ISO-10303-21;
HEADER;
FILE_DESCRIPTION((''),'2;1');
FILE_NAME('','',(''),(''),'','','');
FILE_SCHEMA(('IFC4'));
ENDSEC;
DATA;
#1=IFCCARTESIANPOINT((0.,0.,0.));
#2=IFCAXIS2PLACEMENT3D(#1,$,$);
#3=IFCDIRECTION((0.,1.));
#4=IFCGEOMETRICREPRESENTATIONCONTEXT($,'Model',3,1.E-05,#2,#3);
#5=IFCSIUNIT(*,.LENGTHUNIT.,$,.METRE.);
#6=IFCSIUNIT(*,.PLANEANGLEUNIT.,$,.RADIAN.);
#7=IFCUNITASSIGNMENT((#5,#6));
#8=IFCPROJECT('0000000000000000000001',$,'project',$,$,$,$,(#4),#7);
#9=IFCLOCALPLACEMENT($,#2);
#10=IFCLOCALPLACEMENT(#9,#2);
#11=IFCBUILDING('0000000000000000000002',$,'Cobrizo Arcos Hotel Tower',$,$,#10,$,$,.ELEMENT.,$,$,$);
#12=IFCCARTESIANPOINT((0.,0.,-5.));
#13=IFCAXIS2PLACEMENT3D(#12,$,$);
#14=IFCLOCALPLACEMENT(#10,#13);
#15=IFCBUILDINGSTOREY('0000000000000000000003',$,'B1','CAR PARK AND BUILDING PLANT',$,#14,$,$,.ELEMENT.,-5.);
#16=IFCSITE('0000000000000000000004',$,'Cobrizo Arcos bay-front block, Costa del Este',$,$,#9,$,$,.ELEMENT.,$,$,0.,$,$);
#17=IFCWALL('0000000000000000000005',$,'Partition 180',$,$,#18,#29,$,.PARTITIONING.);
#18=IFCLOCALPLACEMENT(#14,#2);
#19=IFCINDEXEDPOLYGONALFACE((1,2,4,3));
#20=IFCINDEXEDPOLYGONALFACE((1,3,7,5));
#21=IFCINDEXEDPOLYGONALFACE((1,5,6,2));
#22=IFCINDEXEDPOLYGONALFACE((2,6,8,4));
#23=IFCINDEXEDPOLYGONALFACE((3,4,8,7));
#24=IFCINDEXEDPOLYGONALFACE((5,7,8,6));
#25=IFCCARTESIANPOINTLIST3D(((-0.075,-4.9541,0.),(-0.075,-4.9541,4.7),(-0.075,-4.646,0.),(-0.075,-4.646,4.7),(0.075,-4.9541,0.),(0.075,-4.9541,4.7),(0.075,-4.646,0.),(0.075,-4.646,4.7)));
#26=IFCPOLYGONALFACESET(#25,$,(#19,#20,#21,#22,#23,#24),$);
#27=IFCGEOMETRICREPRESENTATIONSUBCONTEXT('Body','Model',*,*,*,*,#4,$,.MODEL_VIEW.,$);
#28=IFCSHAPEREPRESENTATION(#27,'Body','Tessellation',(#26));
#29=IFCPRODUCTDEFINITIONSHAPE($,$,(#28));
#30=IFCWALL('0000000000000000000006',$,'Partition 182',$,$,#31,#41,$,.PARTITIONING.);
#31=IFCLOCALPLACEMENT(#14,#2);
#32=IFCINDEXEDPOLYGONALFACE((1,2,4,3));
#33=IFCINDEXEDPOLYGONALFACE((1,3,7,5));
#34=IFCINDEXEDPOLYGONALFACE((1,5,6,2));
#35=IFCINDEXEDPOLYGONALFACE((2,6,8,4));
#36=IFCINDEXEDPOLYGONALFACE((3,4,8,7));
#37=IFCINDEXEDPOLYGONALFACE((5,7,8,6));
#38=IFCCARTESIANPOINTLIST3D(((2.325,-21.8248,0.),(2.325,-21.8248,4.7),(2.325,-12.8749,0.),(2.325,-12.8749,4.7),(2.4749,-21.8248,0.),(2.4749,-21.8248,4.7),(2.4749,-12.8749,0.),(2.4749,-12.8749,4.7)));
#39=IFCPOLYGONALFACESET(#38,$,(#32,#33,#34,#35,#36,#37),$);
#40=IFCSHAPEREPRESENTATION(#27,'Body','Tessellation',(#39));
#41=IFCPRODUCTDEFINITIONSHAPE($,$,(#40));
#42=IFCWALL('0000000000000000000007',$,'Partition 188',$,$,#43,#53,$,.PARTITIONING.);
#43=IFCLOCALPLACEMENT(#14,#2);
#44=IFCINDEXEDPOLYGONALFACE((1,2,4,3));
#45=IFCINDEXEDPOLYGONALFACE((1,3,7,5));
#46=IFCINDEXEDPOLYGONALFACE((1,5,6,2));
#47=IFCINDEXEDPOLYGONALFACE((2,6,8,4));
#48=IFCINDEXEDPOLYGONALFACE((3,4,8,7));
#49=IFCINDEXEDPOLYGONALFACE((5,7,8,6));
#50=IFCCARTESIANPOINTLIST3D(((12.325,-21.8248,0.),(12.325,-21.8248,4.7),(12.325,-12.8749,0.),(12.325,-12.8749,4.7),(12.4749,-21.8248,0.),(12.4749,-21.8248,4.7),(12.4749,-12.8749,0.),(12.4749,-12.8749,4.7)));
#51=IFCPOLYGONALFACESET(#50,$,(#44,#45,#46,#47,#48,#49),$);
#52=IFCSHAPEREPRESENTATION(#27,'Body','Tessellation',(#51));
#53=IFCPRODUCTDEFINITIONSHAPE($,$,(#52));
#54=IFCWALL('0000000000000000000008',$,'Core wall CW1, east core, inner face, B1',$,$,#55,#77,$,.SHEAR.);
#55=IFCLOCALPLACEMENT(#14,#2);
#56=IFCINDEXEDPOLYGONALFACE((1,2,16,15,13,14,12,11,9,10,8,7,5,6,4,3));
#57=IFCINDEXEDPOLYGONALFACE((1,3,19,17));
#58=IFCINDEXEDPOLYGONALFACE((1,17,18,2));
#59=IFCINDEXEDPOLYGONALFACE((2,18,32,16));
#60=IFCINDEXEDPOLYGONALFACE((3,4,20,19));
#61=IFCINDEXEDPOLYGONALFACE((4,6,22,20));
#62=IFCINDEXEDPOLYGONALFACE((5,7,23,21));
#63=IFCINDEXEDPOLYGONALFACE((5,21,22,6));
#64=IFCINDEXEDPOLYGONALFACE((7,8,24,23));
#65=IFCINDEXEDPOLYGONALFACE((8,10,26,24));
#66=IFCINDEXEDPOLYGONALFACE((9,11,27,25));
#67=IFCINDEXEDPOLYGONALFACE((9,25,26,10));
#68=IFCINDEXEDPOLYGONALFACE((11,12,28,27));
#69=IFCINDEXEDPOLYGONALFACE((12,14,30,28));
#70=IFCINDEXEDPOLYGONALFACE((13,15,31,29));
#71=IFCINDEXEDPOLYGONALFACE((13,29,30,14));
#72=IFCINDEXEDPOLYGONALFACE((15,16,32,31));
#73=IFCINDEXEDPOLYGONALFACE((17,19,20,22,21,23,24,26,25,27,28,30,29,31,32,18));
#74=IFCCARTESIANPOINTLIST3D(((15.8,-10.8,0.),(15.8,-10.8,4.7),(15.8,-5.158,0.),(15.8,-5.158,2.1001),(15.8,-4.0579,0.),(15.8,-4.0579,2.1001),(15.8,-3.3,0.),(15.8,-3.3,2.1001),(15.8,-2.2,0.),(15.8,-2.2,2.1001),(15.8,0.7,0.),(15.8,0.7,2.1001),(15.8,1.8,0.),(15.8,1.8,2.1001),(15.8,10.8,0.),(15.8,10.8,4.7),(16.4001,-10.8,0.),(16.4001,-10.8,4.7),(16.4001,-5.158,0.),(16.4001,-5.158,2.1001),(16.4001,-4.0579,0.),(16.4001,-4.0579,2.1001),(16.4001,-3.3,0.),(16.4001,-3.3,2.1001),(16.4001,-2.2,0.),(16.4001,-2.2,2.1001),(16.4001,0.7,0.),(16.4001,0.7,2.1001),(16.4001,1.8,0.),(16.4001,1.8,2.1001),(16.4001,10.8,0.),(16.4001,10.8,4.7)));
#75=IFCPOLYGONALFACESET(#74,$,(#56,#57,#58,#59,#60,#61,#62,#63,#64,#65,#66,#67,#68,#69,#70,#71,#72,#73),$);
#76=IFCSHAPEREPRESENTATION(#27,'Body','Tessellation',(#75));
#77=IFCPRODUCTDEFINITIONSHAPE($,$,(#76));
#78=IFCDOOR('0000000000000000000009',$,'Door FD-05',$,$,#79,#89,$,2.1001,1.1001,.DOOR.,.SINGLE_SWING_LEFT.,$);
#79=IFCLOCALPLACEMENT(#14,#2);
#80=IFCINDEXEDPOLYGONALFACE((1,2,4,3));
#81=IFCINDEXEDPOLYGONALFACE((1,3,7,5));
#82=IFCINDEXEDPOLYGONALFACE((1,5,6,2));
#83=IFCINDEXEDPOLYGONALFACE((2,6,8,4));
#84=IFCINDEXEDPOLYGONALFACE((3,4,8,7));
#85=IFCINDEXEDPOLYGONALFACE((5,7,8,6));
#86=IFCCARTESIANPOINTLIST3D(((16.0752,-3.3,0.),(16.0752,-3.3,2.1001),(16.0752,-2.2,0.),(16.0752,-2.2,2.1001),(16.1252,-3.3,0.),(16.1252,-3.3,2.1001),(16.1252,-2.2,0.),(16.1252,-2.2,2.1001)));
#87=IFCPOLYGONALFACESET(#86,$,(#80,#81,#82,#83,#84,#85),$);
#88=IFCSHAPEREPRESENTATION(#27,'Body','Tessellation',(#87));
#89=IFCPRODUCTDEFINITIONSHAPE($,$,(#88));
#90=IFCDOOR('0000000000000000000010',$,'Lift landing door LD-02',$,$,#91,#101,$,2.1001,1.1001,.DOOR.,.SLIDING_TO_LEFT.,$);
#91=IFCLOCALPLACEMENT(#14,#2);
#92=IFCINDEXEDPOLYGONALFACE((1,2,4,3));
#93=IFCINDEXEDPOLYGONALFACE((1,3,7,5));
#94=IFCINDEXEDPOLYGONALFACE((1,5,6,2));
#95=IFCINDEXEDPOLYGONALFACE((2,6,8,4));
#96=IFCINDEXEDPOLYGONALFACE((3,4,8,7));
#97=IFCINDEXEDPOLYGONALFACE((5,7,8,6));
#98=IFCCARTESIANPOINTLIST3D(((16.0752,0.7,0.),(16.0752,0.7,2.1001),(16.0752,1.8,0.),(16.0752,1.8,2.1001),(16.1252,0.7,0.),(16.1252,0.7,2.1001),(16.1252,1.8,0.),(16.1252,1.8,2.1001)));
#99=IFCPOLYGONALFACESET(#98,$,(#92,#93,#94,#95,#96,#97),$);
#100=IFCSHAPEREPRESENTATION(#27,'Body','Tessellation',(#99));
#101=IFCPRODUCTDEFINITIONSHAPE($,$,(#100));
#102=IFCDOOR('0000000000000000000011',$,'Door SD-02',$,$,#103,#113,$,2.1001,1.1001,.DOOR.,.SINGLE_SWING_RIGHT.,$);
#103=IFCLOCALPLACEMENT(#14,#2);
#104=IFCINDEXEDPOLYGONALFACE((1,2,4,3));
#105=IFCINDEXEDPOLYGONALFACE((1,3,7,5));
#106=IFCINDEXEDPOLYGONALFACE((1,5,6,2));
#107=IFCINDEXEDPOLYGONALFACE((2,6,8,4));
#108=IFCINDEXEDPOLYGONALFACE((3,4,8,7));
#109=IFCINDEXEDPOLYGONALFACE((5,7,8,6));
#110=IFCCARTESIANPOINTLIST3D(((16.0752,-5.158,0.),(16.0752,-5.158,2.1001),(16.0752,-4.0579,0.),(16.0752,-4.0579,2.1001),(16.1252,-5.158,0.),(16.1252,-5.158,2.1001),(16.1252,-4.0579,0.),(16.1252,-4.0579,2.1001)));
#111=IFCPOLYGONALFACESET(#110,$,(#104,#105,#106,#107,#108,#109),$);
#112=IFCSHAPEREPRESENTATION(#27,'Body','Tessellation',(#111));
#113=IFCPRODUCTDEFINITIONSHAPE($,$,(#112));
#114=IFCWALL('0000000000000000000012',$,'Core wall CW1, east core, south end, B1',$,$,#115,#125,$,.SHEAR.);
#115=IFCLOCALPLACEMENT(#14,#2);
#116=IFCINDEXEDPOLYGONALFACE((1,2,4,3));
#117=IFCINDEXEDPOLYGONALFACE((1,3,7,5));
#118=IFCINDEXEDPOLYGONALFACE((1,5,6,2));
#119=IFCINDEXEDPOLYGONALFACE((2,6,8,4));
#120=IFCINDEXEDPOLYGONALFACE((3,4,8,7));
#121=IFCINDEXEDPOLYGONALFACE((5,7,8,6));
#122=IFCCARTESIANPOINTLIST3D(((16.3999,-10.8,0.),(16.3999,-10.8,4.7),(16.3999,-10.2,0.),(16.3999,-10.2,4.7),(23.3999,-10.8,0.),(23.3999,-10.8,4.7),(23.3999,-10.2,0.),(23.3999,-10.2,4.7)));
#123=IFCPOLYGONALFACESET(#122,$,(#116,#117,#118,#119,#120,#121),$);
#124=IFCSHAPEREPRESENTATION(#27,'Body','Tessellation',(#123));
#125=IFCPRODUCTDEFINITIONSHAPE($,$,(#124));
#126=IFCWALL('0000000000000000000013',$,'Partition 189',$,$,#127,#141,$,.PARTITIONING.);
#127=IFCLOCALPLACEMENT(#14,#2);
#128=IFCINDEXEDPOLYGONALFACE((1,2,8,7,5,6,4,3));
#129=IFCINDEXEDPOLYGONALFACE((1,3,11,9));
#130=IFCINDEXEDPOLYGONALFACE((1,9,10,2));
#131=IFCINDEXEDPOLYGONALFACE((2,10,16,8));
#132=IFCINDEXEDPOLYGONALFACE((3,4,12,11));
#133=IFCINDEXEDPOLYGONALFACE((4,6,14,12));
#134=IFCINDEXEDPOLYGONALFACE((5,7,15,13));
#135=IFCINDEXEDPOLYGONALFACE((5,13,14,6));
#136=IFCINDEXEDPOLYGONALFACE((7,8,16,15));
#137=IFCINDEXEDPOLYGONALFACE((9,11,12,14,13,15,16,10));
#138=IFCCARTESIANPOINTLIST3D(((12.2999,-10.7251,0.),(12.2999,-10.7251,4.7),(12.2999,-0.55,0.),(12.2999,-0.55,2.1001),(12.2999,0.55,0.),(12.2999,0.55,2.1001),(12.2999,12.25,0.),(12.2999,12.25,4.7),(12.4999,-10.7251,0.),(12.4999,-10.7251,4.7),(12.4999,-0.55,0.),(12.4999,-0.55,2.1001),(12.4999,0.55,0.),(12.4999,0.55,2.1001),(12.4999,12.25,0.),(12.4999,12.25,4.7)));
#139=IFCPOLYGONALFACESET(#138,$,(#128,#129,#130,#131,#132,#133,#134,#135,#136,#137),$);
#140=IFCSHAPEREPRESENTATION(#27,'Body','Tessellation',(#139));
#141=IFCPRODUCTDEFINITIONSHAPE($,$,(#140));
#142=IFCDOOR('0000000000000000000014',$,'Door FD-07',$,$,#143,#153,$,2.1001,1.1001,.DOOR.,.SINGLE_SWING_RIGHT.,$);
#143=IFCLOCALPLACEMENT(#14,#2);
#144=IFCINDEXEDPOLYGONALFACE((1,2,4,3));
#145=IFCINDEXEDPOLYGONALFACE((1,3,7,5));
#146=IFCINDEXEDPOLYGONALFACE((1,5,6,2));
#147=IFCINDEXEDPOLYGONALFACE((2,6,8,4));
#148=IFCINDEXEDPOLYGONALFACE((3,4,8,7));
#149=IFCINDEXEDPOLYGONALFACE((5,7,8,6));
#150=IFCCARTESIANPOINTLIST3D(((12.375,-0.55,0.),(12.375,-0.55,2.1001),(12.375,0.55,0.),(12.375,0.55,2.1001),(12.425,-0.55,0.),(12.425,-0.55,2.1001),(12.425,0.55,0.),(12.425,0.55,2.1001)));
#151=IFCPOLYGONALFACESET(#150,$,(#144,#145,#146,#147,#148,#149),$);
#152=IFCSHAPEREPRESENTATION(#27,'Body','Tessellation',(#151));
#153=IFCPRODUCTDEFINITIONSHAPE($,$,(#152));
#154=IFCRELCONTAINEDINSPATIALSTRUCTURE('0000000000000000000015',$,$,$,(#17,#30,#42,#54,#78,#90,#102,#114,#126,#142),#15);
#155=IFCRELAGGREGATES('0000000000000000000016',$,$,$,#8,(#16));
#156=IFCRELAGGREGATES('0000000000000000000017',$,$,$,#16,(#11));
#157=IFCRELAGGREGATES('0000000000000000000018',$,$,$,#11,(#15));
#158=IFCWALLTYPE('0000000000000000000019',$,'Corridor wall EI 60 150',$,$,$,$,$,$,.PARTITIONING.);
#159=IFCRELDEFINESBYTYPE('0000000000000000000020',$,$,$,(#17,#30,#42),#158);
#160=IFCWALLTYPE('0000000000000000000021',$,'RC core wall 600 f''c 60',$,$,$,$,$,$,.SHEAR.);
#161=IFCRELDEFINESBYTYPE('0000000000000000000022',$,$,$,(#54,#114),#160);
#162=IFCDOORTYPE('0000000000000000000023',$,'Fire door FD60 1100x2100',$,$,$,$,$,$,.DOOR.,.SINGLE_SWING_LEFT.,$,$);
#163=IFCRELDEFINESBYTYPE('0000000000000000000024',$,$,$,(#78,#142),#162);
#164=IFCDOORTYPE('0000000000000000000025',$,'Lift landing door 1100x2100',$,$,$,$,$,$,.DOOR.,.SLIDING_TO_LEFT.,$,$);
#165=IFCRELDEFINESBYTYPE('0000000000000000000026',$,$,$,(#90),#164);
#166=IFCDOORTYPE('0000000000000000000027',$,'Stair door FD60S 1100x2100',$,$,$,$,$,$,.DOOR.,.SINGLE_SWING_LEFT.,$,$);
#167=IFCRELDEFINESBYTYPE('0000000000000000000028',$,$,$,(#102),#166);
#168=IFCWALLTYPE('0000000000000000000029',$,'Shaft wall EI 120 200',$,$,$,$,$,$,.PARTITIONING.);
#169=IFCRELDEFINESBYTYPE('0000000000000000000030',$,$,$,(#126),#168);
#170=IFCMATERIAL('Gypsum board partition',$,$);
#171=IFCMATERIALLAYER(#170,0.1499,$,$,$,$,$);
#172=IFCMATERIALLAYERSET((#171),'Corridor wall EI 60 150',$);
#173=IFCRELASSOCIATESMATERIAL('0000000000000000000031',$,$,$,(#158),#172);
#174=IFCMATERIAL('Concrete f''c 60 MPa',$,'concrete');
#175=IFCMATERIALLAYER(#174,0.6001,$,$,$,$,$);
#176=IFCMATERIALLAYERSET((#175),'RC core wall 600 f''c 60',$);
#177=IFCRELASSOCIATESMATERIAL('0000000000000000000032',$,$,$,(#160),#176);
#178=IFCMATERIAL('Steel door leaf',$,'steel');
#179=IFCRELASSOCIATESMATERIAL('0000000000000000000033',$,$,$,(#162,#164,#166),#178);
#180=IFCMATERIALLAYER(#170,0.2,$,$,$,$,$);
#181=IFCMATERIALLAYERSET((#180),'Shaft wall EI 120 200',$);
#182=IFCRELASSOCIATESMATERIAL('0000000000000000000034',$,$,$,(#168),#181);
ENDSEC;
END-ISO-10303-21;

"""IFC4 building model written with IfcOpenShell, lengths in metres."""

from ifc_helpers import new_model, si_unit, direction, frame, frame_2d, origin, place, context, subcontext, project, spatial, rectangle, extrude, material, layer, layer_set, type_object, element, fill, save


model = new_model("IFC4")

# Units and contexts
model_context = context("Model", 3, precision=1e-05, world=origin(), true_north=direction((0.0, 1.0)))
body_context = subcontext(model_context, "Body", "Model", "MODEL_VIEW")
ifc_project = project(units=[si_unit("LENGTHUNIT", "METRE"), si_unit("PLANEANGLEUNIT", "RADIAN")], contexts=[model_context])

# Site, building, storey
site_placement = place(None, origin())
site = spatial("IfcSite", under=ifc_project, at=site_placement, Name="Cobrizo Arcos bay-front block, Costa del Este", CompositionType="ELEMENT", RefElevation=0.0)
building_placement = place(site_placement, origin())
building = spatial("IfcBuilding", under=site, at=building_placement, Name="Cobrizo Arcos Hotel Tower", CompositionType="ELEMENT")
storey_placement = place(building_placement, frame((0.0, 0.0, -5.0)))
storey = spatial("IfcBuildingStorey", under=building, at=storey_placement, Name="B1", Description="CAR PARK AND BUILDING PLANT", CompositionType="ELEMENT", Elevation=-5.0)

# Walls
ifc_material_1 = material(Name="Gypsum board partition")
ifc_layer_1 = layer(ifc_material_1, 0.1499)
ifc_layer_set_1 = layer_set([ifc_layer_1], Name="Corridor wall EI 60 150")
wall_type_1 = type_object("IfcWallType", Name="Corridor wall EI 60 150", PredefinedType="PARTITIONING", material=ifc_layer_set_1)
wall_1_placement = place(storey_placement, frame((0.0, -4.9541, 0.0), z_axis=(0.0, 0.0, 1.0), x_axis=(0.0, 1.0, 0.0)))
element("IfcWall", 1, at=wall_1_placement, inside=storey, type_object=wall_type_1, Name="Partition 180", PredefinedType="PARTITIONING", context=body_context, shape_type="SweptSolid", body=[
    extrude(rectangle(XDim=0.3081, YDim=0.1499, at=frame_2d((0.1541, 0.0))), origin(), (0.0, 0.0, 1.0), 4.7),
])
for number, where, z_axis, x_axis, name in (
    (2, (2.3999, -21.825, 0.0), (0.0, 0.0, 1.0), (0.0, 1.0, 0.0), "Partition 182"),
    (3, (12.3999, -21.825, 0.0), (0.0, 0.0, 1.0), (0.0, 1.0, 0.0), "Partition 188"),
):
    element("IfcWall", number, at=place(storey_placement, frame(where, z_axis=z_axis, x_axis=x_axis)), inside=storey, type_object=wall_type_1, Name=name, PredefinedType="PARTITIONING", context=body_context, shape_type="SweptSolid", body=[
        extrude(rectangle(XDim=8.95, YDim=0.1499, at=frame_2d((4.4751, 0.0))), origin(), (0.0, 0.0, 1.0), 4.7),
    ])

# Wall, openings, doors
ifc_material_2 = material(Name="Concrete f'c 60 MPa", Category="concrete")
ifc_layer_2 = layer(ifc_material_2, 0.6001)
ifc_layer_set_2 = layer_set([ifc_layer_2], Name="RC core wall 600 f'c 60")
wall_type_2 = type_object("IfcWallType", Name="RC core wall 600 f'c 60", PredefinedType="SHEAR", material=ifc_layer_set_2)
wall_2_placement = place(storey_placement, frame((16.1001, -10.8, 0.0), z_axis=(0.0, 0.0, 1.0), x_axis=(0.0, 1.0, 0.0)))
wall_2 = element("IfcWall", 4, at=wall_2_placement, inside=storey, type_object=wall_type_2, Name="Core wall CW1, east core, inner face, B1", PredefinedType="SHEAR", context=body_context, shape_type="SweptSolid", body=[
    extrude(rectangle(XDim=21.6001, YDim=0.6001, at=frame_2d((10.8, 0.0))), origin(), (0.0, 0.0, 1.0), 4.7),
])
opening_1_placement = place(wall_2_placement, frame((11.5, 0.0, 0.0)))
opening_1 = element("IfcOpeningElement", 5, at=opening_1_placement, cuts=wall_2, PredefinedType="OPENING", context=body_context, shape_type="SweptSolid", body=[
    extrude(rectangle(XDim=1.1001, YDim=2.1001, at=frame_2d((0.55, 1.05))), frame((0.0, 0.312, 0.0), z_axis=(0.0, -1.0, 0.0), x_axis=(1.0, 0.0, 0.0)), (0.0, 0.0, 1.0), 0.624),
])
opening_2_placement = place(wall_2_placement, frame((5.6421, 0.0, 0.0)))
opening_2 = element("IfcOpeningElement", 6, at=opening_2_placement, cuts=wall_2, PredefinedType="OPENING", context=body_context, shape_type="SweptSolid", body=[
    extrude(rectangle(XDim=1.1001, YDim=2.1001, at=frame_2d((0.55, 1.05))), frame((0.0, 0.312, 0.0), z_axis=(0.0, -1.0, 0.0), x_axis=(1.0, 0.0, 0.0)), (0.0, 0.0, 1.0), 0.624),
])
opening_3_placement = place(wall_2_placement, frame((7.5, 0.0, 0.0)))
opening_3 = element("IfcOpeningElement", 7, at=opening_3_placement, cuts=wall_2, PredefinedType="OPENING", context=body_context, shape_type="SweptSolid", body=[
    extrude(rectangle(XDim=1.1001, YDim=2.1001, at=frame_2d((0.55, 1.05))), frame((0.0, 0.312, 0.0), z_axis=(0.0, -1.0, 0.0), x_axis=(1.0, 0.0, 0.0)), (0.0, 0.0, 1.0), 0.624),
])
ifc_material_3 = material(Name="Steel door leaf", Category="steel")
door_type_1 = type_object("IfcDoorType", Name="Fire door FD60 1100x2100", OperationType="SINGLE_SWING_LEFT", PredefinedType="DOOR", material=ifc_material_3)
door_1_placement = place(opening_3_placement, origin())
door_1 = element("IfcDoor", 8, at=door_1_placement, inside=storey, type_object=door_type_1, Name="Door FD-05", OperationType="SINGLE_SWING_LEFT", OverallHeight=2.1001, OverallWidth=1.1001, PredefinedType="DOOR", context=body_context, shape_type="SweptSolid", body=[
    extrude(rectangle(XDim=1.1001, YDim=2.1001, at=frame_2d((0.55, 1.05))), frame((0.0, 0.0249, 0.0), z_axis=(0.0, -1.0, 0.0), x_axis=(1.0, 0.0, 0.0)), (0.0, 0.0, 1.0), 0.05),
])
fill(opening_3, door_1)
door_type_2 = type_object("IfcDoorType", Name="Lift landing door 1100x2100", OperationType="SLIDING_TO_LEFT", PredefinedType="DOOR", material=ifc_material_3)
door_2_placement = place(opening_1_placement, origin())
door_2 = element("IfcDoor", 9, at=door_2_placement, inside=storey, type_object=door_type_2, Name="Lift landing door LD-02", OperationType="SLIDING_TO_LEFT", OverallHeight=2.1001, OverallWidth=1.1001, PredefinedType="DOOR", context=body_context, shape_type="SweptSolid", body=[
    extrude(rectangle(XDim=1.1001, YDim=2.1001, at=frame_2d((0.55, 1.05))), frame((0.0, 0.0249, 0.0), z_axis=(0.0, -1.0, 0.0), x_axis=(1.0, 0.0, 0.0)), (0.0, 0.0, 1.0), 0.05),
])
fill(opening_1, door_2)
door_type_3 = type_object("IfcDoorType", Name="Stair door FD60S 1100x2100", OperationType="SINGLE_SWING_LEFT", PredefinedType="DOOR", material=ifc_material_3)
door_3_placement = place(opening_2_placement, origin())
door_3 = element("IfcDoor", 10, at=door_3_placement, inside=storey, type_object=door_type_3, Name="Door SD-02", OperationType="SINGLE_SWING_RIGHT", OverallHeight=2.1001, OverallWidth=1.1001, PredefinedType="DOOR", context=body_context, shape_type="SweptSolid", body=[
    extrude(rectangle(XDim=1.1001, YDim=2.1001, at=frame_2d((0.55, 1.05))), frame((0.0, 0.0249, 0.0), z_axis=(0.0, -1.0, 0.0), x_axis=(1.0, 0.0, 0.0)), (0.0, 0.0, 1.0), 0.05),
])
fill(opening_2, door_3)

# Wall
wall_3_placement = place(storey_placement, frame((16.3999, -10.5, 0.0), z_axis=(0.0, 0.0, 1.0), x_axis=(1.0, 0.0, 0.0)))
element("IfcWall", 11, at=wall_3_placement, inside=storey, type_object=wall_type_2, Name="Core wall CW1, east core, south end, B1", PredefinedType="SHEAR", context=body_context, shape_type="SweptSolid", body=[
    extrude(rectangle(XDim=7.0, YDim=0.6001, at=frame_2d((3.5, 0.0))), origin(), (0.0, 0.0, 1.0), 4.7),
])

# Wall, opening, door
ifc_layer_3 = layer(ifc_material_1, 0.2)
ifc_layer_set_3 = layer_set([ifc_layer_3], Name="Shaft wall EI 120 200")
wall_type_3 = type_object("IfcWallType", Name="Shaft wall EI 120 200", PredefinedType="PARTITIONING", material=ifc_layer_set_3)
wall_4_placement = place(storey_placement, frame((12.3999, -10.7251, 0.0), z_axis=(0.0, 0.0, 1.0), x_axis=(0.0, 1.0, 0.0)))
wall_4 = element("IfcWall", 12, at=wall_4_placement, inside=storey, type_object=wall_type_3, Name="Partition 189", PredefinedType="PARTITIONING", context=body_context, shape_type="SweptSolid", body=[
    extrude(rectangle(XDim=22.9751, YDim=0.2, at=frame_2d((11.4875, 0.0))), origin(), (0.0, 0.0, 1.0), 4.7),
])
opening_4_placement = place(wall_4_placement, frame((10.175, 0.0, 0.0)))
opening_4 = element("IfcOpeningElement", 13, at=opening_4_placement, cuts=wall_4, PredefinedType="OPENING", context=body_context, shape_type="SweptSolid", body=[
    extrude(rectangle(XDim=1.1001, YDim=2.1001, at=frame_2d((0.55, 1.05))), frame((0.0, 0.1121, 0.0), z_axis=(0.0, -1.0, 0.0), x_axis=(1.0, 0.0, 0.0)), (0.0, 0.0, 1.0), 0.2239),
])
door_4_placement = place(opening_4_placement, origin())
door_4 = element("IfcDoor", 14, at=door_4_placement, inside=storey, type_object=door_type_1, Name="Door FD-07", OperationType="SINGLE_SWING_RIGHT", OverallHeight=2.1001, OverallWidth=1.1001, PredefinedType="DOOR", context=body_context, shape_type="SweptSolid", body=[
    extrude(rectangle(XDim=1.1001, YDim=2.1001, at=frame_2d((0.55, 1.05))), frame((0.0, 0.0249, 0.0), z_axis=(0.0, -1.0, 0.0), x_axis=(1.0, 0.0, 0.0)), (0.0, 0.0, 1.0), 0.05),
])
fill(opening_4, door_4)

save(model, "model.ifc")
